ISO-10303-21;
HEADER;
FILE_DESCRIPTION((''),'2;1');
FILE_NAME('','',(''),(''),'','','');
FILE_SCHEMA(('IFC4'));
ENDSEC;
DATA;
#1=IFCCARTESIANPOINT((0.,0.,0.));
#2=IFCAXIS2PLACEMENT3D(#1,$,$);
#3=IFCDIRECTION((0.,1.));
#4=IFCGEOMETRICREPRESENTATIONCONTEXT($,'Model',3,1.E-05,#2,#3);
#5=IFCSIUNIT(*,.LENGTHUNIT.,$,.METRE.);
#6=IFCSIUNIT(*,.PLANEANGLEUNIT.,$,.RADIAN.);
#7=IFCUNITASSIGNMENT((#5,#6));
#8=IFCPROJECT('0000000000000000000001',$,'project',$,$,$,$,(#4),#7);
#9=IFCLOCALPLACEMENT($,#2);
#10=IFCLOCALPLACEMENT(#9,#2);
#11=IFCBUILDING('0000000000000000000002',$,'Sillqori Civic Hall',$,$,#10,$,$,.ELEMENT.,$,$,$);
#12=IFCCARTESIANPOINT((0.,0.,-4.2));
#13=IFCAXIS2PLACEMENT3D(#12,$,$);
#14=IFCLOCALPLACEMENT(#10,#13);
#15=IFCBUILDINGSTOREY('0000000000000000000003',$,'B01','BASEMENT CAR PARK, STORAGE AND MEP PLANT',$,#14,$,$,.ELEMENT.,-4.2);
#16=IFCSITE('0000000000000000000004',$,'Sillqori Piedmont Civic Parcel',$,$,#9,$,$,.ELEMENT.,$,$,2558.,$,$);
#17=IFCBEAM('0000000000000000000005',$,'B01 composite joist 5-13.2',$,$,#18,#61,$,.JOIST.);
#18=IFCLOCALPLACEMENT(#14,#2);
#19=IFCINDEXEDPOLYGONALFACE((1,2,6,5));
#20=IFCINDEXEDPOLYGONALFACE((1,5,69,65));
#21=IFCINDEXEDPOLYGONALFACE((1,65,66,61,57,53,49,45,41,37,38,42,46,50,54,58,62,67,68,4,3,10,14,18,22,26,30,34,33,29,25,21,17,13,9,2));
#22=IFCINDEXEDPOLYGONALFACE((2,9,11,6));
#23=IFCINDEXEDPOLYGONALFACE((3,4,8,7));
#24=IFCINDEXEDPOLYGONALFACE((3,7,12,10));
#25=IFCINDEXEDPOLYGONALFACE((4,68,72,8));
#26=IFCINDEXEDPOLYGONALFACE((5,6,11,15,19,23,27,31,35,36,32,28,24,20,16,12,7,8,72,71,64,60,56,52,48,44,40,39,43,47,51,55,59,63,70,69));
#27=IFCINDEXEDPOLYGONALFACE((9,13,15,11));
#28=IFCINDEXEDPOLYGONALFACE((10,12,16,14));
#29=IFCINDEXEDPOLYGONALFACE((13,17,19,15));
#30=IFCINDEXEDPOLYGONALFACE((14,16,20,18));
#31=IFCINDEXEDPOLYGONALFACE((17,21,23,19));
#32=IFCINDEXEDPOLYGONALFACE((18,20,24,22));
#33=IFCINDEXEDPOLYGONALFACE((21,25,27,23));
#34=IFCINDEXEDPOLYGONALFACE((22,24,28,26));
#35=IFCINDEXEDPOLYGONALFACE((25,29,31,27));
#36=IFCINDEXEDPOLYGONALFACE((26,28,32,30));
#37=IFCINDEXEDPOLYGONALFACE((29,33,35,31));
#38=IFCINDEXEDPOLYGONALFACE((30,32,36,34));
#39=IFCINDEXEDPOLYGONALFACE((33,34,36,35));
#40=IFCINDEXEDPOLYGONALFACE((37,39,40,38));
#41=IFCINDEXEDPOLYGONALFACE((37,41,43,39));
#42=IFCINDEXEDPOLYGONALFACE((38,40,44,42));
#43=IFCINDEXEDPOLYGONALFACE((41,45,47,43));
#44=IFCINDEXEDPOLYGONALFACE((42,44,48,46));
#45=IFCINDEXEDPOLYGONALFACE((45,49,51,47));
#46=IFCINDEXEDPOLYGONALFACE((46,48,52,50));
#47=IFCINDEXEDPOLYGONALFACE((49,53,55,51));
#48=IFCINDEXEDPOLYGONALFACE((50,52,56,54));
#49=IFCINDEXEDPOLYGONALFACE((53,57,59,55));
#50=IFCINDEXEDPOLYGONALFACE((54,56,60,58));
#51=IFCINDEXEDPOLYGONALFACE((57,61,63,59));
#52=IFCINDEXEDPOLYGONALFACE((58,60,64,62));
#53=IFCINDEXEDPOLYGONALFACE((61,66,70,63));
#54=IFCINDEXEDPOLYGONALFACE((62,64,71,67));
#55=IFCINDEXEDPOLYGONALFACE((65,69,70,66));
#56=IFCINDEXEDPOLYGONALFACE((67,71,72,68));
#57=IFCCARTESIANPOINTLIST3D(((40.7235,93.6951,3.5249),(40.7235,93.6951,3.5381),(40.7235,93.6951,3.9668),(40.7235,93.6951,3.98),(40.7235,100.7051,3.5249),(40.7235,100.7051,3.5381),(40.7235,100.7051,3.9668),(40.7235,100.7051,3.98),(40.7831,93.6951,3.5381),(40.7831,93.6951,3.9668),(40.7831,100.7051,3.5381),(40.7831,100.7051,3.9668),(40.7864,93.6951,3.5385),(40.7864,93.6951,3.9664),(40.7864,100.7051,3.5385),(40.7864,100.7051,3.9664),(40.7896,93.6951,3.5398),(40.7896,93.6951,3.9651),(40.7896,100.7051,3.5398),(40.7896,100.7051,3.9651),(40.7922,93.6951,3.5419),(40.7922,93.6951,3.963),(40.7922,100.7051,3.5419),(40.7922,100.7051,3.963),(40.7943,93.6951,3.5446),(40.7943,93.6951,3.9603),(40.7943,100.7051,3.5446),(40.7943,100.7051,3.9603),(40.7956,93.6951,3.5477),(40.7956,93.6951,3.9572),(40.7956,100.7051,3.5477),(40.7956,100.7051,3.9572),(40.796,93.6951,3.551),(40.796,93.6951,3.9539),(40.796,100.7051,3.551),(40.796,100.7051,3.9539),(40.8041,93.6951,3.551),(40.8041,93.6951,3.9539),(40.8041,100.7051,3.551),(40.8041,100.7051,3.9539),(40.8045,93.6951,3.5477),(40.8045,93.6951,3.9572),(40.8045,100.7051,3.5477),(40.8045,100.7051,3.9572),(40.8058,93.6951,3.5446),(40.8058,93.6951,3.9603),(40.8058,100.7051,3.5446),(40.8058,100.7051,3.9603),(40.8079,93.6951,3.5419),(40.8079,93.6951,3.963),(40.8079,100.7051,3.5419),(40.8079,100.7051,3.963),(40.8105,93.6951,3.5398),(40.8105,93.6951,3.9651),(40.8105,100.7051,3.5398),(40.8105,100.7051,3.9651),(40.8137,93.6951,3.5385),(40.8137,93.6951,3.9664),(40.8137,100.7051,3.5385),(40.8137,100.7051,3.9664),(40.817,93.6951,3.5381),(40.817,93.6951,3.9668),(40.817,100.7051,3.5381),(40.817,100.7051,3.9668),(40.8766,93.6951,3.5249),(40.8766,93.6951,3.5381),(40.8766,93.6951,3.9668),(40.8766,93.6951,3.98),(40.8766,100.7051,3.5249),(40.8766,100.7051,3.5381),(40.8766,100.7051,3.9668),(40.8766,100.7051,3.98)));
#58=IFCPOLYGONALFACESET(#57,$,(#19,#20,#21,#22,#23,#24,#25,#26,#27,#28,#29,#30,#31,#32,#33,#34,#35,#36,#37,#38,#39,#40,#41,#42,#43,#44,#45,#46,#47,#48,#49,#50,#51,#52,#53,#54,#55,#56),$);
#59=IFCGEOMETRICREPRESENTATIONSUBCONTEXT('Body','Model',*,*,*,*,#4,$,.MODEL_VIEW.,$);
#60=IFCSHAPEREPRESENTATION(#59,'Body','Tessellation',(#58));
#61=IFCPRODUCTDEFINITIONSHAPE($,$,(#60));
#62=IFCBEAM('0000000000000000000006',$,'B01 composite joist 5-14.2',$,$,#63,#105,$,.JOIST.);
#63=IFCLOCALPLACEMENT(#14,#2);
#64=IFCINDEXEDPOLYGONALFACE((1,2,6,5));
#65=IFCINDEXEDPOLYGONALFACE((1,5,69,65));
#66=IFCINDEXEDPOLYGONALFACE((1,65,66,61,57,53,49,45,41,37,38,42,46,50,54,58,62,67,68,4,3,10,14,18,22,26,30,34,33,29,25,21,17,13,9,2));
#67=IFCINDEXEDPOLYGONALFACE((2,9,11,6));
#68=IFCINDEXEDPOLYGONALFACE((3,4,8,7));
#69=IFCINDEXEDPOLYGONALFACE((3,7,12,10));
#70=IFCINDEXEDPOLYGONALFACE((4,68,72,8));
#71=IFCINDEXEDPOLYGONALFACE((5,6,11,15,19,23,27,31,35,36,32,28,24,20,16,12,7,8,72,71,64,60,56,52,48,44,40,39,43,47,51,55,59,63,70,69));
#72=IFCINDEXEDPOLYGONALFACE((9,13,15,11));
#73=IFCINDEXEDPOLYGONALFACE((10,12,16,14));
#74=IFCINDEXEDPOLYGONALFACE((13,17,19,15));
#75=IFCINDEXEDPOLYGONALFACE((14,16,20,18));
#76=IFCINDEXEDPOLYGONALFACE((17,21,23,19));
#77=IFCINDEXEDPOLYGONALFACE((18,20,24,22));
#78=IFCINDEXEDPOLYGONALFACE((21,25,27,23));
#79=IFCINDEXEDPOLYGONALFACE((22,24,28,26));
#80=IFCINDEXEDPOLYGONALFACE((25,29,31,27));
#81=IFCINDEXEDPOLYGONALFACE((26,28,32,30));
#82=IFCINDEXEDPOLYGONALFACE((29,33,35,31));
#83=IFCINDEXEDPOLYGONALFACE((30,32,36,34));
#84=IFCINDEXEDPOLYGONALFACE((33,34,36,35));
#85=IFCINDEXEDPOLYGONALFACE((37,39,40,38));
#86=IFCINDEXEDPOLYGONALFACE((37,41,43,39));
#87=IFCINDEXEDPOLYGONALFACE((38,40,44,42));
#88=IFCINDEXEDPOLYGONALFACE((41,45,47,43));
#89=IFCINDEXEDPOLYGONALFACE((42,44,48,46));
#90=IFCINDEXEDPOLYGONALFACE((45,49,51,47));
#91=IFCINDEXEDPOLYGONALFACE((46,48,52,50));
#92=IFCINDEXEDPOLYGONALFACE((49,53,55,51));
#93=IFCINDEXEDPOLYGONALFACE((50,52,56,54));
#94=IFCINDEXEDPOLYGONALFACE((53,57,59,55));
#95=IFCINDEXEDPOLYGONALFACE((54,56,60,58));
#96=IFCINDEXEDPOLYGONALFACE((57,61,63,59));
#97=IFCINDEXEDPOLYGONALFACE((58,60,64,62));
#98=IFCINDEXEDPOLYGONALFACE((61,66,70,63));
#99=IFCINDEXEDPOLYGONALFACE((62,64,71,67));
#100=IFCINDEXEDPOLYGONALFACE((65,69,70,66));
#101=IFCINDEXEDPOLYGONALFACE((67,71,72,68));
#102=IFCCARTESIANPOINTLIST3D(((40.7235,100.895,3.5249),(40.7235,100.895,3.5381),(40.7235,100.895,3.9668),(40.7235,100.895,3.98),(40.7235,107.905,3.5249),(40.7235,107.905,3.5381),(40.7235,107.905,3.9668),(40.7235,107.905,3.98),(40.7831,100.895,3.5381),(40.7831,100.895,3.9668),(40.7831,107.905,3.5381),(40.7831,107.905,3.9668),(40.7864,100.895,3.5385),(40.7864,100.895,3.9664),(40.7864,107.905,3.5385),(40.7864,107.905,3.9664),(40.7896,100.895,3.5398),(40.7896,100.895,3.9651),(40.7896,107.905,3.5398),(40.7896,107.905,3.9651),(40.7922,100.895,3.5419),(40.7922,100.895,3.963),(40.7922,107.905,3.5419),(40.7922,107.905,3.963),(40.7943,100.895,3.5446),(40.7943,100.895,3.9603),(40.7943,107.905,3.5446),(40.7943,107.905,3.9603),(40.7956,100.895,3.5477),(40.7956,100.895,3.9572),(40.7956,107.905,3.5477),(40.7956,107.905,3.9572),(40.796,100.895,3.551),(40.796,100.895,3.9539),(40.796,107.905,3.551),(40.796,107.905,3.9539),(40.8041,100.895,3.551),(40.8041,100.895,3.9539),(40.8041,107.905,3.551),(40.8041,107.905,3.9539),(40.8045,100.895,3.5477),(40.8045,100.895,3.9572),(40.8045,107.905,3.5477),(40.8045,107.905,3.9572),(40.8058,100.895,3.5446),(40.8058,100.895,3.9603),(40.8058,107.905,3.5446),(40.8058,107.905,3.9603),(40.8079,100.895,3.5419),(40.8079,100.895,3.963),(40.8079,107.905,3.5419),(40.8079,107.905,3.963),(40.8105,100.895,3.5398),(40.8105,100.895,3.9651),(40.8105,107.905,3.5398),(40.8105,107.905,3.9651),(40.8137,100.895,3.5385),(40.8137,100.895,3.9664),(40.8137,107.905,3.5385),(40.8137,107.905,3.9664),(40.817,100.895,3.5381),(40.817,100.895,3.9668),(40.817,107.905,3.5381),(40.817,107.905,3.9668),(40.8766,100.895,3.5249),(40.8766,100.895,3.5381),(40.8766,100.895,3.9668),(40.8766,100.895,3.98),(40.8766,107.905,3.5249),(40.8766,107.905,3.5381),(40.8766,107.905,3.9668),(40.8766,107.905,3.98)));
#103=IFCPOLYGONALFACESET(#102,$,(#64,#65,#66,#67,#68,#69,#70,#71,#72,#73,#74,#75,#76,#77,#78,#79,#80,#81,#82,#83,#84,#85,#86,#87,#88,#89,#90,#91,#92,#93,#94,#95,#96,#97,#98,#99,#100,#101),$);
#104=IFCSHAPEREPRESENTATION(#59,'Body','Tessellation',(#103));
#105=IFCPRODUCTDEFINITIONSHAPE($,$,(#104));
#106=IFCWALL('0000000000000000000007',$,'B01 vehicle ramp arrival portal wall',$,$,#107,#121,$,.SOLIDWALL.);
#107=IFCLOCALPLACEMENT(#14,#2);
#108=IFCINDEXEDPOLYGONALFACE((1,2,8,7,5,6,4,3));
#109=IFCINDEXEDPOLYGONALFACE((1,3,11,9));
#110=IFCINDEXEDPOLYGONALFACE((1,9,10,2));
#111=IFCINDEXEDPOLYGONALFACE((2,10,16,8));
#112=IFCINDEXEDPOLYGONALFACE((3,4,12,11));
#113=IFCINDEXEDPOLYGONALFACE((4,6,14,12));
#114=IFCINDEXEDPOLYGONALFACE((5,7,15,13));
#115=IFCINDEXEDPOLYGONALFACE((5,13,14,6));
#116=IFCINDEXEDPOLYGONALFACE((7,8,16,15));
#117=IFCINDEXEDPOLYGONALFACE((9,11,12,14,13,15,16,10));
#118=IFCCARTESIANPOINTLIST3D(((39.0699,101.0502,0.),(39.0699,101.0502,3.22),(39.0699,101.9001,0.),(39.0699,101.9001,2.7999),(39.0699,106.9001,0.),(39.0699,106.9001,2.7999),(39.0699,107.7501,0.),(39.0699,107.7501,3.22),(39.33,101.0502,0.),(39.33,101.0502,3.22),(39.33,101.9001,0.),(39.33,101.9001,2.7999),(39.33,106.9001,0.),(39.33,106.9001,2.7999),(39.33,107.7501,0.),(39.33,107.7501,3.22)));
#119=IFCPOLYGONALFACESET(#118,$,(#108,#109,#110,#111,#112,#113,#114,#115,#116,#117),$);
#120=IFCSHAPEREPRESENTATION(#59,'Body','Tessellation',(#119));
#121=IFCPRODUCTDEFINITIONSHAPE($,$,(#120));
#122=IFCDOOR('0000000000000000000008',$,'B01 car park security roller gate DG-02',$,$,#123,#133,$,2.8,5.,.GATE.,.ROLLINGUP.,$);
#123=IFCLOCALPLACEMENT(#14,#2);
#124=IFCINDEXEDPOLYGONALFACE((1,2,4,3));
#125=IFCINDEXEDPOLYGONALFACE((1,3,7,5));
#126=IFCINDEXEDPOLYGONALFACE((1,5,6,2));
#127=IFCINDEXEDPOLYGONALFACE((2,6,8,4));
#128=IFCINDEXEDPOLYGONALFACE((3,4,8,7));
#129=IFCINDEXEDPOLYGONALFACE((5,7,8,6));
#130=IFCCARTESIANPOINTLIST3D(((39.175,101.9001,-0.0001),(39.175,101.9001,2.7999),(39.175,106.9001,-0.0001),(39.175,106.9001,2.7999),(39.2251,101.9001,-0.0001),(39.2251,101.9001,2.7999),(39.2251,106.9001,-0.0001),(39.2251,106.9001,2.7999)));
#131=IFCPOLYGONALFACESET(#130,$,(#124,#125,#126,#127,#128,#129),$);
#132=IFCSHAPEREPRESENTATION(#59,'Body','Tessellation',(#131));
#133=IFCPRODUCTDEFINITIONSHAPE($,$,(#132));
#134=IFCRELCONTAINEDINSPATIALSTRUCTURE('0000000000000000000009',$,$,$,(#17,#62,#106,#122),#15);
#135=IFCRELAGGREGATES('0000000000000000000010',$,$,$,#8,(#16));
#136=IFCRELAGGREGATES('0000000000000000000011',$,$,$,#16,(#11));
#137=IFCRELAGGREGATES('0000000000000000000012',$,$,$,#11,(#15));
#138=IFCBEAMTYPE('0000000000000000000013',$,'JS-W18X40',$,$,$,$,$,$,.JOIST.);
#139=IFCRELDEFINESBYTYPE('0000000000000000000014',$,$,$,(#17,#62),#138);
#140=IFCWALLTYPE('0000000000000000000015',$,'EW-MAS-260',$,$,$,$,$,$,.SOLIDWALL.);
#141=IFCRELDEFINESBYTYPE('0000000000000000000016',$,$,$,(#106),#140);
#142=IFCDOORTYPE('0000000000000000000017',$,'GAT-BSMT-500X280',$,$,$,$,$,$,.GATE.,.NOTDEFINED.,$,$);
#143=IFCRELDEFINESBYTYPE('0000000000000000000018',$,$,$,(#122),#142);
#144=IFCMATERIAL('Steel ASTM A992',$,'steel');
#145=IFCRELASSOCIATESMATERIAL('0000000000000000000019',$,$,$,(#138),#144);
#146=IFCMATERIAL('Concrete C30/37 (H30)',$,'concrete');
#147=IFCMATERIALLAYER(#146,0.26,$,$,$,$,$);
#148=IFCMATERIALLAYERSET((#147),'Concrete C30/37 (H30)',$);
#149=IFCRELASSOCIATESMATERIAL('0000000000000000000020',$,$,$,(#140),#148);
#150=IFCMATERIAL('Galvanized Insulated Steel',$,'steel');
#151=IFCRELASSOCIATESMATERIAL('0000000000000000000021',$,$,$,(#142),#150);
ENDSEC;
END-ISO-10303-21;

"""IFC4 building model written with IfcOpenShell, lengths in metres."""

from ifc_helpers import new_model, si_unit, direction, frame, frame_2d, origin, origin_2d, place, context, subcontext, project, spatial, rectangle, i_section, extrude, material, layer, layer_set, material_profile, profile_set, type_object, element, fill, save


model = new_model("IFC4")

# Units and contexts
model_context = context("Model", 3, precision=1e-05, world=origin(), true_north=direction((0.0, 1.0)))
body_context = subcontext(model_context, "Body", "Model", "MODEL_VIEW")
ifc_project = project(units=[si_unit("LENGTHUNIT", "METRE"), si_unit("PLANEANGLEUNIT", "RADIAN")], contexts=[model_context])

# Site, building, storey
site_placement = place(None, origin())
site = spatial("IfcSite", under=ifc_project, at=site_placement, Name="Sillqori Piedmont Civic Parcel", CompositionType="ELEMENT", RefElevation=2558.0)
building_placement = place(site_placement, origin())
building = spatial("IfcBuilding", under=site, at=building_placement, Name="Sillqori Civic Hall", CompositionType="ELEMENT")
storey_placement = place(building_placement, frame((0.0, 0.0, -4.2)))
storey = spatial("IfcBuildingStorey", under=building, at=storey_placement, Name="B01", Description="BASEMENT CAR PARK, STORAGE AND MEP PLANT", CompositionType="ELEMENT", Elevation=-4.2)

# Shared definitions
ifc_material_1 = material(Name="Steel ASTM A992", Category="steel")

# Beams
ifc_material_profile_1 = material_profile(ifc_material_1, i_section(OverallWidth=0.1531, OverallDepth=0.4551, WebThickness=0.0081, FlangeThickness=0.0132, FilletRadius=0.0129, at=origin_2d()), Name="W18X40")
ifc_profile_set_1 = profile_set([ifc_material_profile_1], Name="Steel ASTM A992")
beam_type_1 = type_object("IfcBeamType", Name="JS-W18X40", PredefinedType="JOIST", material=ifc_profile_set_1)
for number, where, z_axis, x_axis, name in (
    (1, (40.8, 93.6951, 3.7524), (0.0, 1.0, 0.0), (-1.0, 0.0, 0.0), "B01 composite joist 5-13.2"),
    (2, (40.8, 100.895, 3.7524), (0.0, 1.0, 0.0), (-1.0, 0.0, 0.0), "B01 composite joist 5-14.2"),
):
    element("IfcBeam", number, at=place(storey_placement, frame(where, z_axis=z_axis, x_axis=x_axis)), inside=storey, type_object=beam_type_1, Name=name, PredefinedType="JOIST", context=body_context, shape_type="SweptSolid", body=[
        extrude(i_section(OverallWidth=0.1531, OverallDepth=0.4551, WebThickness=0.0081, FlangeThickness=0.0132, FilletRadius=0.0129, at=origin_2d()), origin(), (0.0, 0.0, 1.0), 7.01),
    ])

# Wall, opening, door
ifc_material_2 = material(Name="Concrete C30/37 (H30)", Category="concrete")
ifc_layer = layer(ifc_material_2, 0.26)
ifc_layer_set = layer_set([ifc_layer], Name="Concrete C30/37 (H30)")
wall_type = type_object("IfcWallType", Name="EW-MAS-260", PredefinedType="SOLIDWALL", material=ifc_layer_set)
wall_placement = place(storey_placement, frame((39.2, 101.05, 0.0), z_axis=(0.0, 0.0, 1.0), x_axis=(0.0, 1.0, 0.0)))
wall = element("IfcWall", 3, at=wall_placement, inside=storey, type_object=wall_type, Name="B01 vehicle ramp arrival portal wall", PredefinedType="SOLIDWALL", context=body_context, shape_type="SweptSolid", body=[
    extrude(rectangle(XDim=6.7, YDim=0.26, at=frame_2d((3.3501, 0.0))), origin(), (0.0, 0.0, 1.0), 3.22),
])
opening_placement = place(wall_placement, frame((0.8501, 0.0, 0.0)))
opening = element("IfcOpeningElement", 4, at=opening_placement, cuts=wall, PredefinedType="OPENING", context=body_context, shape_type="SweptSolid", body=[
    extrude(rectangle(XDim=5.0, YDim=2.8, at=frame_2d((2.5, 1.3999))), frame((0.0, 0.1399, 0.0), z_axis=(0.0, -1.0, 0.0), x_axis=(1.0, 0.0, 0.0)), (0.0, 0.0, 1.0), 0.28),
])
ifc_material_3 = material(Name="Galvanized Insulated Steel", Category="steel")
door_type = type_object("IfcDoorType", Name="GAT-BSMT-500X280", OperationType="NOTDEFINED", PredefinedType="GATE", material=ifc_material_3)
door_placement = place(opening_placement, origin())
door = element("IfcDoor", 5, at=door_placement, inside=storey, type_object=door_type, Name="B01 car park security roller gate DG-02", OperationType="ROLLINGUP", OverallHeight=2.8, OverallWidth=5.0, PredefinedType="GATE", context=body_context, shape_type="SweptSolid", body=[
    extrude(rectangle(XDim=5.0, YDim=2.8, at=frame_2d((2.5, 1.3999))), frame((0.0, 0.0249, 0.0), z_axis=(0.0, -1.0, 0.0), x_axis=(1.0, 0.0, 0.0)), (0.0, 0.0, 1.0), 0.05),
])
fill(opening, door)

save(model, "model.ifc")
